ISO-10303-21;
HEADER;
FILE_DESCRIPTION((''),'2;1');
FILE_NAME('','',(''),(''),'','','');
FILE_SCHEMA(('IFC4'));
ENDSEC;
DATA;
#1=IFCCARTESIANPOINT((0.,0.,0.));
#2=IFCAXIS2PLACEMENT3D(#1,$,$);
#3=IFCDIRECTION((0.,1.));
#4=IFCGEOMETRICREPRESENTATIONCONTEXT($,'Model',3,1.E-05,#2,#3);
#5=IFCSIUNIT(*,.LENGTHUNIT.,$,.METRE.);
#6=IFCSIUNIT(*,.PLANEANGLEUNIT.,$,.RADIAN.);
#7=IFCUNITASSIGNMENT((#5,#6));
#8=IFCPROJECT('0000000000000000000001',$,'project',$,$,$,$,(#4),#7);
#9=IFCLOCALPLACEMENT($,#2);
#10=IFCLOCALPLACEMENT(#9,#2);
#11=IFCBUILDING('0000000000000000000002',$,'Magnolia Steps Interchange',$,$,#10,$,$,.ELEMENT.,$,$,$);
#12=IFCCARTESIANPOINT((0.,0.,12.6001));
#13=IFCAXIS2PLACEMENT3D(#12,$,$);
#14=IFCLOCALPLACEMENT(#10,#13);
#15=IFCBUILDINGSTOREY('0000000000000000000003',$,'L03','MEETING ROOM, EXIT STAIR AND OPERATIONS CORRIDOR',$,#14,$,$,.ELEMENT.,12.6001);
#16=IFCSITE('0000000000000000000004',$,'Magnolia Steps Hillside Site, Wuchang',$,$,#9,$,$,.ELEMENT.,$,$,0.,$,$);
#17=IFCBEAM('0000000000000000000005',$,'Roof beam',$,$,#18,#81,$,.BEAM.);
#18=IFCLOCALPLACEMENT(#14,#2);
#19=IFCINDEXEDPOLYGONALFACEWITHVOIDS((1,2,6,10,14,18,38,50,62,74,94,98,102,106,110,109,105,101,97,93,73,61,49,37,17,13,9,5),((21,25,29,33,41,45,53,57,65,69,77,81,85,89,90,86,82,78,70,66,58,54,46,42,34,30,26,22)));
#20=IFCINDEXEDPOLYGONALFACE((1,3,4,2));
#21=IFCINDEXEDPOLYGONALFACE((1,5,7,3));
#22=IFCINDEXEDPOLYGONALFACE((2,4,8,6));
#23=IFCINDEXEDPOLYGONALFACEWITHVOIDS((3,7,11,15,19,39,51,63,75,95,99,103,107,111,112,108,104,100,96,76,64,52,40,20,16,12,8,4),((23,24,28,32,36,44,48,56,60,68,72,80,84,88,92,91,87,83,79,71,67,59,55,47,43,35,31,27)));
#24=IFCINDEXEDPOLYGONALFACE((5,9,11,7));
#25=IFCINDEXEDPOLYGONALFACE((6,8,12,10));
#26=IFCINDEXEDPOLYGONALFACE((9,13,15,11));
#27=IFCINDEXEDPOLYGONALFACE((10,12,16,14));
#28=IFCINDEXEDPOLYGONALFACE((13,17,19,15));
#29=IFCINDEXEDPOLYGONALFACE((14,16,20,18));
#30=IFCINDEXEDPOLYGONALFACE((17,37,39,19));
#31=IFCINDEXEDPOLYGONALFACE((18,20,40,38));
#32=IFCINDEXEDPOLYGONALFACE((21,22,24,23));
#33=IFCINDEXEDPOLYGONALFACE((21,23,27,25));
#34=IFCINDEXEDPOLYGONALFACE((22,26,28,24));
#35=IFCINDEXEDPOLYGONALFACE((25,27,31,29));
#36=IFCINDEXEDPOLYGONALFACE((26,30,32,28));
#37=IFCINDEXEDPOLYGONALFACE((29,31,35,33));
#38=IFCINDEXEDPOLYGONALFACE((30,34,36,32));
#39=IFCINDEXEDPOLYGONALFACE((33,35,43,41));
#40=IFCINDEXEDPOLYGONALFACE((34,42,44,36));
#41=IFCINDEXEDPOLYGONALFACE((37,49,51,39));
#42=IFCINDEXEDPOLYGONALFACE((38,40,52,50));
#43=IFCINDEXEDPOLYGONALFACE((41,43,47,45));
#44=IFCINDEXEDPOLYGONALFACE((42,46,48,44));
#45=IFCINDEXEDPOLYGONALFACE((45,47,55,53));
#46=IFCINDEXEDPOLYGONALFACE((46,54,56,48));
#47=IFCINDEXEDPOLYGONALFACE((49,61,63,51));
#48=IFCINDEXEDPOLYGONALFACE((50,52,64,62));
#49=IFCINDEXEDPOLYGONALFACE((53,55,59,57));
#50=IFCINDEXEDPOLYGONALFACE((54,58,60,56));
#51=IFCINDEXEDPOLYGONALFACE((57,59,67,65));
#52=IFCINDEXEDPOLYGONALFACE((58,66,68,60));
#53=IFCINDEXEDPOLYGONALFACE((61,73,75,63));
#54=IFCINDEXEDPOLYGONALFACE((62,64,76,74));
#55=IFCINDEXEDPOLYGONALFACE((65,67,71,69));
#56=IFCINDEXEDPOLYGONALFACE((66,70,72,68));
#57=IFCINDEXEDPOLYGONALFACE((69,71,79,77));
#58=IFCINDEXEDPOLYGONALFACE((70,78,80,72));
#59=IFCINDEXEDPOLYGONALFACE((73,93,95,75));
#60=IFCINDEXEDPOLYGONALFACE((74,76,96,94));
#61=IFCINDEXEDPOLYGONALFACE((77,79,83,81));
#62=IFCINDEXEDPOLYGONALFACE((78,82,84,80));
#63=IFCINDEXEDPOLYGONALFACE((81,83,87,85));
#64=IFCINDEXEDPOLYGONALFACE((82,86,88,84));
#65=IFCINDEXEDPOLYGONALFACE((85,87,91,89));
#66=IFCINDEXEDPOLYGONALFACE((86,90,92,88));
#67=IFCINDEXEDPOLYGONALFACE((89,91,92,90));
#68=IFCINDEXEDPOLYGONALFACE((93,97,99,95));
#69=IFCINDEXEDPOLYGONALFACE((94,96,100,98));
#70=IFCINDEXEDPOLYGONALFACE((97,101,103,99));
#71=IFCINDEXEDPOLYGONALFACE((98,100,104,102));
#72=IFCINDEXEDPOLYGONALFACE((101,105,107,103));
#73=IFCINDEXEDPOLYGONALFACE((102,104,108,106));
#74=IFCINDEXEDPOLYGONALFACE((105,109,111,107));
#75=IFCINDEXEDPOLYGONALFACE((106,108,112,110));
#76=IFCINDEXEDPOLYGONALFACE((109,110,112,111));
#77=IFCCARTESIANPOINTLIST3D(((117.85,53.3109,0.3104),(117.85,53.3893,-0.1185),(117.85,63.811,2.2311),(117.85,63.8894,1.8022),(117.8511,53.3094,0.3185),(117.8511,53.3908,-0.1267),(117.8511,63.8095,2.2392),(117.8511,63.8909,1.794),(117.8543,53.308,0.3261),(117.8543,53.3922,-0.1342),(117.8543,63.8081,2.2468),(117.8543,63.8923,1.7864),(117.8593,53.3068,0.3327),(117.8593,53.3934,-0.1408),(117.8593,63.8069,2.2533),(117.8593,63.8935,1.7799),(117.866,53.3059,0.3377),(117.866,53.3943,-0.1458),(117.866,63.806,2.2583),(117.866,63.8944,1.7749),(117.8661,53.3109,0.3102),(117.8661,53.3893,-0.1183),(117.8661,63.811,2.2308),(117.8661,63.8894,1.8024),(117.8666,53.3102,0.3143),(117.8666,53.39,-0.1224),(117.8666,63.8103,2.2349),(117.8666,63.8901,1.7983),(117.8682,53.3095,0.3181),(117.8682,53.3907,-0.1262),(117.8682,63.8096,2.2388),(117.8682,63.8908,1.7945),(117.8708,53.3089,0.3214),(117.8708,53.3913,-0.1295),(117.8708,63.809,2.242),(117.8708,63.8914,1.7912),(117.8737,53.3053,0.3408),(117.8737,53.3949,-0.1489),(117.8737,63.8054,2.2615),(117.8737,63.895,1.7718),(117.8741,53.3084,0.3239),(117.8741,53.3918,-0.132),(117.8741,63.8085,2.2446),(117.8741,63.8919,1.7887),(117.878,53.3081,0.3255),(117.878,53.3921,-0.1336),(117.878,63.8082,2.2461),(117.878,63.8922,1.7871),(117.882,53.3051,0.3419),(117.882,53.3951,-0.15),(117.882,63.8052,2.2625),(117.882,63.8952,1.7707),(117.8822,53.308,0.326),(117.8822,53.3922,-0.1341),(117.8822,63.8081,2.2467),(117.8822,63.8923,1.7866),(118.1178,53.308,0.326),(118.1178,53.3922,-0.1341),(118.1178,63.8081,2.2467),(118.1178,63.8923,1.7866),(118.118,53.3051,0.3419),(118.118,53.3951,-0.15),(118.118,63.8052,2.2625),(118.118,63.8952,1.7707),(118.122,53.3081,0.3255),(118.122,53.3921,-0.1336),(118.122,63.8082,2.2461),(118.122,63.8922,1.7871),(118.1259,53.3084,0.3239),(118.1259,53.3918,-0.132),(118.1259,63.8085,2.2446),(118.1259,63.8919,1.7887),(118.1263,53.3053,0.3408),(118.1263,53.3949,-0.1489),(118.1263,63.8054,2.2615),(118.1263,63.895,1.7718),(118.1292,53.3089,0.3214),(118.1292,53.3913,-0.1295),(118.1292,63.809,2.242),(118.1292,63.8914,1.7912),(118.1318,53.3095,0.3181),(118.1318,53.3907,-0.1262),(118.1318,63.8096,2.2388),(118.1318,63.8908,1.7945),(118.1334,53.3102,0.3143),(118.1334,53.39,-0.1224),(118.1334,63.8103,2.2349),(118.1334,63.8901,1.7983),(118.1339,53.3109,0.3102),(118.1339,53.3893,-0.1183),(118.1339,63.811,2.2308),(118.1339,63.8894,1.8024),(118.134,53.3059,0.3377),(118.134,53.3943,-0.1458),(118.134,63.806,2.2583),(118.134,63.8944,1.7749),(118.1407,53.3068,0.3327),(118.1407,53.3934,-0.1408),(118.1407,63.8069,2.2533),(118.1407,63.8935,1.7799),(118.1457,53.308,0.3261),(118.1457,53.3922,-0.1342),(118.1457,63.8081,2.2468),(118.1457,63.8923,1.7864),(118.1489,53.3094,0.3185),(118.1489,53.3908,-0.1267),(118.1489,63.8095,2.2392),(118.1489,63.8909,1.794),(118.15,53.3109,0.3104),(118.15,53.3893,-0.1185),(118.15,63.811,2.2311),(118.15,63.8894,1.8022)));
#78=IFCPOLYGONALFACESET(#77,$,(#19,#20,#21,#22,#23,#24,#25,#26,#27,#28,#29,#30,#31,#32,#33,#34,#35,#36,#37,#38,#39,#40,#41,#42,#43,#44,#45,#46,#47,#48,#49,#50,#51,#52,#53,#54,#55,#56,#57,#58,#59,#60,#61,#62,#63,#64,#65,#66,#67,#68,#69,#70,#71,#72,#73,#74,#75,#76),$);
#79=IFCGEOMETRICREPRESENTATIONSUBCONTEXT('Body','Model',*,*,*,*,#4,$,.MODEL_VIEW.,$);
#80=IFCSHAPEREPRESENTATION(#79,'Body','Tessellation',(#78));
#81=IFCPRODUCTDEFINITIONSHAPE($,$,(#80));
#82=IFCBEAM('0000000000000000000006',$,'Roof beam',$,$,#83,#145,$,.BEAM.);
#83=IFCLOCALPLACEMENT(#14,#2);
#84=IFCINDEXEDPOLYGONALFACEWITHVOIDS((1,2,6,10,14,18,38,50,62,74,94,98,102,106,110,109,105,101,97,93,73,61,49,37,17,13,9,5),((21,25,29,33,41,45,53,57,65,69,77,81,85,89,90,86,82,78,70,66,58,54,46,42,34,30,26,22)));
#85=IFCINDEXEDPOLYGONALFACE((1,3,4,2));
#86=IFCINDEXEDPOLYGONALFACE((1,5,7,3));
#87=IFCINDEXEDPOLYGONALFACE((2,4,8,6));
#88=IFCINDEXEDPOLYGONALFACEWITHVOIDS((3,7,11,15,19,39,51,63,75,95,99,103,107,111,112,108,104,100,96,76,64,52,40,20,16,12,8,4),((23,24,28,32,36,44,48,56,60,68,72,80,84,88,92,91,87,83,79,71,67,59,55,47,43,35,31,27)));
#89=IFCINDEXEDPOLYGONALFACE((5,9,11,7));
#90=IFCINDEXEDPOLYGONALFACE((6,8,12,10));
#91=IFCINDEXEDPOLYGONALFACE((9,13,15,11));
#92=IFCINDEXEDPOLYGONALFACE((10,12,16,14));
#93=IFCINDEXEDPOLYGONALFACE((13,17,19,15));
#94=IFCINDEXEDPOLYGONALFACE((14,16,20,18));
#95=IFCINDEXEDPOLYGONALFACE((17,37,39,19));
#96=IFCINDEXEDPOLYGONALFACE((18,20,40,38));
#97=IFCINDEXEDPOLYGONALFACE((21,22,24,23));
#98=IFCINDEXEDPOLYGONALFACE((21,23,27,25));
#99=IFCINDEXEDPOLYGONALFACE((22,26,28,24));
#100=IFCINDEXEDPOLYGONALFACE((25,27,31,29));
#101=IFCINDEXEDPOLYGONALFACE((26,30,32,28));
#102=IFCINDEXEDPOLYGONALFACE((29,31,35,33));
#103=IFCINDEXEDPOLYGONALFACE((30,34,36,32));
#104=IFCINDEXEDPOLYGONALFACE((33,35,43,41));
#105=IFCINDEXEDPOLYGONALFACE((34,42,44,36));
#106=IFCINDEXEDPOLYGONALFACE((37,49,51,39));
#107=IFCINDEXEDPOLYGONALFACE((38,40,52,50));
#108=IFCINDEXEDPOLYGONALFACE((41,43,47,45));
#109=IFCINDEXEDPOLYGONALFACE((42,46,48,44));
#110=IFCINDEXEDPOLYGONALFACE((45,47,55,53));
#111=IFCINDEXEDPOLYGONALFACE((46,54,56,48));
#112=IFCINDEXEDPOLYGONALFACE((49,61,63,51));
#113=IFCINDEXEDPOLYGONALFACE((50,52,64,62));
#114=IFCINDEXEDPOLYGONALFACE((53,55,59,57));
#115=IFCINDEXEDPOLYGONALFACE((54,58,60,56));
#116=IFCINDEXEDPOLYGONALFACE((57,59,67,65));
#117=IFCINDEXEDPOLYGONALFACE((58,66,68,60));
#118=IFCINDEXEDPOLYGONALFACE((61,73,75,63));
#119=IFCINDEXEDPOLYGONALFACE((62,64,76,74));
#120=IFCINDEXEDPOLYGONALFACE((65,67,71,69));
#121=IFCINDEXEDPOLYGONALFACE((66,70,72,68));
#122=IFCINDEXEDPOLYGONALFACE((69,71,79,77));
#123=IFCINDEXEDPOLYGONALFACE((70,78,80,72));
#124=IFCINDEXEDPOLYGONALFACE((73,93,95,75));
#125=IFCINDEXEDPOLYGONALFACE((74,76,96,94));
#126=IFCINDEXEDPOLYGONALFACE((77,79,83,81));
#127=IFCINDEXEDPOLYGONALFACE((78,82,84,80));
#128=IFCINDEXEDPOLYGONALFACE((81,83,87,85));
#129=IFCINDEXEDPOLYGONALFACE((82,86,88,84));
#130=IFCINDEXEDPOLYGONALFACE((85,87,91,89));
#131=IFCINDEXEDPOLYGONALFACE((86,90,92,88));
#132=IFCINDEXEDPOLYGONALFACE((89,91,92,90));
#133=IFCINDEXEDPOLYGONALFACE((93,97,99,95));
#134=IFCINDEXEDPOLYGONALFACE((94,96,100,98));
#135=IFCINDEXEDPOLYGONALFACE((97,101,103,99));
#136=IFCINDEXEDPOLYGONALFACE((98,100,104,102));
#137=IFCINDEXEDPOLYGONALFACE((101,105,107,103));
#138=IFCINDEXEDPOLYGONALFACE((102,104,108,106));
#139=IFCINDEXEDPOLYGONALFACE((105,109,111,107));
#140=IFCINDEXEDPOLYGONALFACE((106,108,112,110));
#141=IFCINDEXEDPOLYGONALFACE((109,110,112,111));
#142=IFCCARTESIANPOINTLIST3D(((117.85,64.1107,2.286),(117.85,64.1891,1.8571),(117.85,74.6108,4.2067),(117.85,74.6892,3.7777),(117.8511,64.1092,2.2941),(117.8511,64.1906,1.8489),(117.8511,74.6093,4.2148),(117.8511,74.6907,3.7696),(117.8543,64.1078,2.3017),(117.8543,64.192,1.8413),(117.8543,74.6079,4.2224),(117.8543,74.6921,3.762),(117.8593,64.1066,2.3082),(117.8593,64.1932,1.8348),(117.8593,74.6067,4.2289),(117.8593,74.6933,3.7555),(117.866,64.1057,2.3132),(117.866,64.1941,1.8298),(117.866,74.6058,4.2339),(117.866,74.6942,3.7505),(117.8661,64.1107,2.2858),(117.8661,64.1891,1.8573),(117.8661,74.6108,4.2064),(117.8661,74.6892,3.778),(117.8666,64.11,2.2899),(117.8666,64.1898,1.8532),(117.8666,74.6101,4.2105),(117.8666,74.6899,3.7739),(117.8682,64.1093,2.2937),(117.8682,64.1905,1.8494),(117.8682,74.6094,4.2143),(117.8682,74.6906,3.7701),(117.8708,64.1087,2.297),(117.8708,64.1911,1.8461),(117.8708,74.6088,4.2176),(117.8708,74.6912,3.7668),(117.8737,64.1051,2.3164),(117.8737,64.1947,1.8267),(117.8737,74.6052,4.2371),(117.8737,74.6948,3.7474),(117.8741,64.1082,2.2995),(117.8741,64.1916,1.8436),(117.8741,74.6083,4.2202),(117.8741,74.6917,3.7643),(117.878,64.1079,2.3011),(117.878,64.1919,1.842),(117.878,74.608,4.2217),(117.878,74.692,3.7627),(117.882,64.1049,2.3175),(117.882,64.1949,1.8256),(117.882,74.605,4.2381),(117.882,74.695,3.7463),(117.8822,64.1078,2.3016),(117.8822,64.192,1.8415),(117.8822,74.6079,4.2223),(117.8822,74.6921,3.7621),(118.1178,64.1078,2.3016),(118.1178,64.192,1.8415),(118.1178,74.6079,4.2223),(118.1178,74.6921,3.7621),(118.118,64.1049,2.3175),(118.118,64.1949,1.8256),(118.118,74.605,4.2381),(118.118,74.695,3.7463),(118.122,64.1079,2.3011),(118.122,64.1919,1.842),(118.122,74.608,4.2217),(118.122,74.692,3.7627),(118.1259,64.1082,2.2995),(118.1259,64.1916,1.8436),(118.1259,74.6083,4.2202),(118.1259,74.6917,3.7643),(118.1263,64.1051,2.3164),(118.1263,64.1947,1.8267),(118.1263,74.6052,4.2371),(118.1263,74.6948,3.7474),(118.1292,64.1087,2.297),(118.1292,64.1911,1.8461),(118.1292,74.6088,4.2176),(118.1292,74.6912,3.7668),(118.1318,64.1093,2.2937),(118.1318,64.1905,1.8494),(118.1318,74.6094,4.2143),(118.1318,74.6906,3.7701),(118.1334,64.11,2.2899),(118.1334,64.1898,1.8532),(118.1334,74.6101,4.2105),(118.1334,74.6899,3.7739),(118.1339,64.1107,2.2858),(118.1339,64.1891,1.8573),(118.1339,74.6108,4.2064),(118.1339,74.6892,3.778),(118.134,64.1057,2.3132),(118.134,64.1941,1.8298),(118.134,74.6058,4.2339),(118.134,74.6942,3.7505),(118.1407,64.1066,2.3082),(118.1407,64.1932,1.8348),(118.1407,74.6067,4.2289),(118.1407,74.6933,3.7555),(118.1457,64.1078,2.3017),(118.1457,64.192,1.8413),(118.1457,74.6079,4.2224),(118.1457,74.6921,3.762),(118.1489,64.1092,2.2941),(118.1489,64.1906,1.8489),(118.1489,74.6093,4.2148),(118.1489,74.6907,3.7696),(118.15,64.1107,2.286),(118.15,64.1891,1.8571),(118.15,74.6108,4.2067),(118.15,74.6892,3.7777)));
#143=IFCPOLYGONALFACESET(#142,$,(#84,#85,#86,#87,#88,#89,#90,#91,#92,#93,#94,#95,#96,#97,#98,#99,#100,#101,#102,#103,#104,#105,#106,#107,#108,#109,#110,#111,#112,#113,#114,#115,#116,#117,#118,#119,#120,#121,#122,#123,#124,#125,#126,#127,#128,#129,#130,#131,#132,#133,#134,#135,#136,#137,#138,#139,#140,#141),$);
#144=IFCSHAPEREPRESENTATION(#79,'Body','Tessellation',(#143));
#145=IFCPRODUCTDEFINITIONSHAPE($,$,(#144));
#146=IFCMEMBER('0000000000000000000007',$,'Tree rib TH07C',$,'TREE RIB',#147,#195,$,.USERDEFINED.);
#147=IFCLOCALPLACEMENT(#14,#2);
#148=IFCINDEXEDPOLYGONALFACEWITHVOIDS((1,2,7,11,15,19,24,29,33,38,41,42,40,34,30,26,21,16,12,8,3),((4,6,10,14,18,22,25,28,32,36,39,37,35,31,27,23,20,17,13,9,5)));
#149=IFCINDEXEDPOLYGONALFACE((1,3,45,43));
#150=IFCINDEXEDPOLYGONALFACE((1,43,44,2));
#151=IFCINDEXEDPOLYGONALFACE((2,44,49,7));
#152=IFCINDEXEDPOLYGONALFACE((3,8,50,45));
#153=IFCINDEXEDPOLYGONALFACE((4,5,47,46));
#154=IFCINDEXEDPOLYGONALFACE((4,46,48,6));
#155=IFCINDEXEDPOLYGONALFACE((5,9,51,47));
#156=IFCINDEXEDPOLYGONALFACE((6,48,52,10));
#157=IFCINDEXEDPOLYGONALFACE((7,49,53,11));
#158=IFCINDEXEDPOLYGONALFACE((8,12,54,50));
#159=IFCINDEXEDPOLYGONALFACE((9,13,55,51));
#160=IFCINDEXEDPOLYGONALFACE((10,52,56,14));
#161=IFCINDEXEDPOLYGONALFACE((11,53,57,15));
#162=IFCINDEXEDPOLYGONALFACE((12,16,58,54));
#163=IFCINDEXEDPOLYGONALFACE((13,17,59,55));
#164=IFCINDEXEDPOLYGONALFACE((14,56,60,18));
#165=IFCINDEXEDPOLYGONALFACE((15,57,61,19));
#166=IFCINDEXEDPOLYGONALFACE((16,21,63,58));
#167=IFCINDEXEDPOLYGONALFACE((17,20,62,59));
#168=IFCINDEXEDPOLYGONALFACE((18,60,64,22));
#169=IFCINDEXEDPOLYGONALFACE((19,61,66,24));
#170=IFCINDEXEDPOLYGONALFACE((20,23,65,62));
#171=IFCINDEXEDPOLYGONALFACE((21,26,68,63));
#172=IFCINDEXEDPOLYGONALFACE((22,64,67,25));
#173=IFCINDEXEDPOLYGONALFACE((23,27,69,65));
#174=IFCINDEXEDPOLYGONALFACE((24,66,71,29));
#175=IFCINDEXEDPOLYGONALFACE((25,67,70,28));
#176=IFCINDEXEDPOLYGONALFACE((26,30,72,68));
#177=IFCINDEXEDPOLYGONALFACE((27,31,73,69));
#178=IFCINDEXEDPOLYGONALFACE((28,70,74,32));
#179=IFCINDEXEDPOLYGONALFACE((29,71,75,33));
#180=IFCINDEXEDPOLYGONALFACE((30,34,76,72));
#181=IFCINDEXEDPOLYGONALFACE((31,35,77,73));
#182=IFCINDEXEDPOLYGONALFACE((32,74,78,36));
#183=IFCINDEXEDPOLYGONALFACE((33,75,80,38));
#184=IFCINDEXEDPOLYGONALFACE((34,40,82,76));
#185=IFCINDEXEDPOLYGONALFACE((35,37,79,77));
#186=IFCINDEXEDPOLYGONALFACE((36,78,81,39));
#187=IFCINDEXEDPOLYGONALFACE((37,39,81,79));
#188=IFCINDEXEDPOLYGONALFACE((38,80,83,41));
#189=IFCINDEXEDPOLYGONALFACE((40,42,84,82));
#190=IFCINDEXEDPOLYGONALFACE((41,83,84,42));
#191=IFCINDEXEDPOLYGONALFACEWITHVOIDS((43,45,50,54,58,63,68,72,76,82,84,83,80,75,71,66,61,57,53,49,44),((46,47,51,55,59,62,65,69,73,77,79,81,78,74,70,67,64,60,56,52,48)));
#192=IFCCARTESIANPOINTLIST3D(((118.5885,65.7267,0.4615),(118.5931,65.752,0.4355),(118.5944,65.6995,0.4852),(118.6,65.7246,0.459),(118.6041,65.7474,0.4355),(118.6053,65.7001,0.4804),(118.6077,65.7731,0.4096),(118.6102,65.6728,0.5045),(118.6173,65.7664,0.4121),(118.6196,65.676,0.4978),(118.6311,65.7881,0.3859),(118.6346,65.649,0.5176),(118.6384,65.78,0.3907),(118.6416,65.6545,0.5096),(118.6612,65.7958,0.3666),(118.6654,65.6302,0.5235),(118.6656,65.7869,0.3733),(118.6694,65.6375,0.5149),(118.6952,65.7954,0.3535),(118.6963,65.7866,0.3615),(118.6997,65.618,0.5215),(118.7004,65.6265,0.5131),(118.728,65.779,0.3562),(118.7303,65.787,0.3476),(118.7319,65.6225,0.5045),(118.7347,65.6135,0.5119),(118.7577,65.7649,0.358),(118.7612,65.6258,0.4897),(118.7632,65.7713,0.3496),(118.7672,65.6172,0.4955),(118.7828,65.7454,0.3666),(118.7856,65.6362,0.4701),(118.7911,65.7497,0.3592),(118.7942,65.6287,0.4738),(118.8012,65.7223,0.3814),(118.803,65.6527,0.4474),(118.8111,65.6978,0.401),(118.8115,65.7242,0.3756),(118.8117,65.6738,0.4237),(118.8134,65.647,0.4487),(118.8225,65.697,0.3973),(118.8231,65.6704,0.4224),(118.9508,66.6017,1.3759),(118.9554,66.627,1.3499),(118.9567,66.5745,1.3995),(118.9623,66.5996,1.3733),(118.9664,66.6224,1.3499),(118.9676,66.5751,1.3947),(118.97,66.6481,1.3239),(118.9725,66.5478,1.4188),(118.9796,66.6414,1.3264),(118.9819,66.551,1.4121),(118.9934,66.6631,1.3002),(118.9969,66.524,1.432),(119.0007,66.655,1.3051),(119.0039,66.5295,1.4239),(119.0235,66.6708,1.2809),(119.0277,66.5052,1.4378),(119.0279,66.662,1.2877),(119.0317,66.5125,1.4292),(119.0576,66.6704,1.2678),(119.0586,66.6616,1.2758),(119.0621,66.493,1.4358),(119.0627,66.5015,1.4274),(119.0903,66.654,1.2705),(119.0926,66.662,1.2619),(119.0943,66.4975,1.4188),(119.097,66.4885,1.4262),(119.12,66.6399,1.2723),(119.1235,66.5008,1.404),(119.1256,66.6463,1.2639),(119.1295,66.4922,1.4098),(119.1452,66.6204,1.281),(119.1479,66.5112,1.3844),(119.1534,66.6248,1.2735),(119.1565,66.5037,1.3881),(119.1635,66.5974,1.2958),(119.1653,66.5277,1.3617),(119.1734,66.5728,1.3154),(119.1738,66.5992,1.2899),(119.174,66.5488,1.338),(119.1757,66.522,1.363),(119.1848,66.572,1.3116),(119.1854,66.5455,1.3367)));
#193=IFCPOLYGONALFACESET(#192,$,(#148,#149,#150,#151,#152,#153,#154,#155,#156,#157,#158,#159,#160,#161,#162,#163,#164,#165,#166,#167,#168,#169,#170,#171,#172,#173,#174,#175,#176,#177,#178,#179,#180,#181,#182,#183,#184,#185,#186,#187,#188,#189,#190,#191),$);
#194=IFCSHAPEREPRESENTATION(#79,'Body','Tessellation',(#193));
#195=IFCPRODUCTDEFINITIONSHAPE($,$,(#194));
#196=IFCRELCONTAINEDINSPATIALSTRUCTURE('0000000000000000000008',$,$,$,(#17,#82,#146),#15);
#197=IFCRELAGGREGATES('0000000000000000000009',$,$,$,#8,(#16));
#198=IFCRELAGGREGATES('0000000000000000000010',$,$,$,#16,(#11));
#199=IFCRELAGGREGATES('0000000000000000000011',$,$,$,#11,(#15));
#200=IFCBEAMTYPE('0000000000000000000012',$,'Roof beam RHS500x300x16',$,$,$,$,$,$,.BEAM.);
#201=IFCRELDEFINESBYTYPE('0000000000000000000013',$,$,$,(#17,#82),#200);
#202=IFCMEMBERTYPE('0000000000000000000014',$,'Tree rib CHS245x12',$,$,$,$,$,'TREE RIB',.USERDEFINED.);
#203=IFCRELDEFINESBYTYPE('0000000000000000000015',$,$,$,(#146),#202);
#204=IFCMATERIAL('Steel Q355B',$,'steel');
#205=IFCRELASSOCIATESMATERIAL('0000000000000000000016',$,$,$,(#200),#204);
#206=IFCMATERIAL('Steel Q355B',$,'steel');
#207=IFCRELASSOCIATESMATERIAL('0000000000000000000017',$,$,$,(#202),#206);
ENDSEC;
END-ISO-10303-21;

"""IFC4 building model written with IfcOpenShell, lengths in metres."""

from ifc_helpers import new_model, si_unit, direction, frame, origin, origin_2d, place, context, subcontext, project, spatial, hollow_rectangle, hollow_circle, extrude, material, material_profile, profile_set, type_object, element, save


model = new_model("IFC4")

# Units and contexts
model_context = context("Model", 3, precision=1e-05, world=origin(), true_north=direction((0.0, 1.0)))
body_context = subcontext(model_context, "Body", "Model", "MODEL_VIEW")
ifc_project = project(units=[si_unit("LENGTHUNIT", "METRE"), si_unit("PLANEANGLEUNIT", "RADIAN")], contexts=[model_context])

# Site, building, storey
site_placement = place(None, origin())
site = spatial("IfcSite", under=ifc_project, at=site_placement, Name="Magnolia Steps Hillside Site, Wuchang", CompositionType="ELEMENT", RefElevation=0.0)
building_placement = place(site_placement, origin())
building = spatial("IfcBuilding", under=site, at=building_placement, Name="Magnolia Steps Interchange", CompositionType="ELEMENT")
storey_placement = place(building_placement, frame((0.0, 0.0, 12.6001)))
storey = spatial("IfcBuildingStorey", under=building, at=storey_placement, Name="L03", Description="MEETING ROOM, EXIT STAIR AND OPERATIONS CORRIDOR", CompositionType="ELEMENT", Elevation=12.6001)

# Beams
ifc_material_1 = material(Name="Steel Q355B", Category="steel")
ifc_material_profile_1 = material_profile(ifc_material_1, hollow_rectangle(XDim=0.3, YDim=0.5, WallThickness=0.0161, InnerFilletRadius=0.0161, OuterFilletRadius=0.032, at=origin_2d()), Name="RHS500x300x16")
ifc_profile_set_1 = profile_set([ifc_material_profile_1], Name="Steel Q355B")
beam_type_1 = type_object("IfcBeamType", Name="Roof beam RHS500x300x16", PredefinedType="BEAM", material=ifc_profile_set_1)
for number, where, z_axis, x_axis, name in (
    (1, (118.0, 53.3501, 0.0959), (0.0, 0.983679, 0.179934), (-1.0, 0.0, 0.0), "Roof beam"),
    (2, (118.0, 64.1499, 2.0715), (0.0, 0.983679, 0.179934), (-1.0, 0.0, 0.0), "Roof beam"),
):
    element("IfcBeam", number, at=place(storey_placement, frame(where, z_axis=z_axis, x_axis=x_axis)), inside=storey, type_object=beam_type_1, Name=name, PredefinedType="BEAM", context=body_context, shape_type="SweptSolid", body=[
        extrude(hollow_rectangle(XDim=0.3, YDim=0.5, WallThickness=0.0161, InnerFilletRadius=0.0161, OuterFilletRadius=0.032, at=origin_2d()), origin(), (0.0, 0.0, 1.0), 10.6743),
    ])

# Member
ifc_material_2 = material(Name="Steel Q355B", Category="steel")
ifc_material_profile_2 = material_profile(ifc_material_2, hollow_circle(Radius=0.1226, WallThickness=0.012, at=origin_2d()), Name="CHS245x12")
ifc_profile_set_2 = profile_set([ifc_material_profile_2], Name="Steel Q355B")
member_type_1 = type_object("IfcMemberType", Name="Tree rib CHS245x12", ElementType="TREE RIB", PredefinedType="USERDEFINED", material=ifc_profile_set_2)
for number, where, z_axis, x_axis, name in (
    (3, (118.7063, 65.7051, 0.4355), (0.275229, 0.664704, 0.694563), (-0.923929, 0.382564, 0.0), "Tree rib TH07C"),
):
    element("IfcMember", number, at=place(storey_placement, frame(where, z_axis=z_axis, x_axis=x_axis)), inside=storey, type_object=member_type_1, Name=name, ObjectType="TREE RIB", PredefinedType="USERDEFINED", context=body_context, shape_type="SweptSolid", body=[
        extrude(hollow_circle(Radius=0.1226, WallThickness=0.012, at=origin_2d()), origin(), (0.0, 0.0, 1.0), 1.3164),
    ])

save(model, "model.ifc")
